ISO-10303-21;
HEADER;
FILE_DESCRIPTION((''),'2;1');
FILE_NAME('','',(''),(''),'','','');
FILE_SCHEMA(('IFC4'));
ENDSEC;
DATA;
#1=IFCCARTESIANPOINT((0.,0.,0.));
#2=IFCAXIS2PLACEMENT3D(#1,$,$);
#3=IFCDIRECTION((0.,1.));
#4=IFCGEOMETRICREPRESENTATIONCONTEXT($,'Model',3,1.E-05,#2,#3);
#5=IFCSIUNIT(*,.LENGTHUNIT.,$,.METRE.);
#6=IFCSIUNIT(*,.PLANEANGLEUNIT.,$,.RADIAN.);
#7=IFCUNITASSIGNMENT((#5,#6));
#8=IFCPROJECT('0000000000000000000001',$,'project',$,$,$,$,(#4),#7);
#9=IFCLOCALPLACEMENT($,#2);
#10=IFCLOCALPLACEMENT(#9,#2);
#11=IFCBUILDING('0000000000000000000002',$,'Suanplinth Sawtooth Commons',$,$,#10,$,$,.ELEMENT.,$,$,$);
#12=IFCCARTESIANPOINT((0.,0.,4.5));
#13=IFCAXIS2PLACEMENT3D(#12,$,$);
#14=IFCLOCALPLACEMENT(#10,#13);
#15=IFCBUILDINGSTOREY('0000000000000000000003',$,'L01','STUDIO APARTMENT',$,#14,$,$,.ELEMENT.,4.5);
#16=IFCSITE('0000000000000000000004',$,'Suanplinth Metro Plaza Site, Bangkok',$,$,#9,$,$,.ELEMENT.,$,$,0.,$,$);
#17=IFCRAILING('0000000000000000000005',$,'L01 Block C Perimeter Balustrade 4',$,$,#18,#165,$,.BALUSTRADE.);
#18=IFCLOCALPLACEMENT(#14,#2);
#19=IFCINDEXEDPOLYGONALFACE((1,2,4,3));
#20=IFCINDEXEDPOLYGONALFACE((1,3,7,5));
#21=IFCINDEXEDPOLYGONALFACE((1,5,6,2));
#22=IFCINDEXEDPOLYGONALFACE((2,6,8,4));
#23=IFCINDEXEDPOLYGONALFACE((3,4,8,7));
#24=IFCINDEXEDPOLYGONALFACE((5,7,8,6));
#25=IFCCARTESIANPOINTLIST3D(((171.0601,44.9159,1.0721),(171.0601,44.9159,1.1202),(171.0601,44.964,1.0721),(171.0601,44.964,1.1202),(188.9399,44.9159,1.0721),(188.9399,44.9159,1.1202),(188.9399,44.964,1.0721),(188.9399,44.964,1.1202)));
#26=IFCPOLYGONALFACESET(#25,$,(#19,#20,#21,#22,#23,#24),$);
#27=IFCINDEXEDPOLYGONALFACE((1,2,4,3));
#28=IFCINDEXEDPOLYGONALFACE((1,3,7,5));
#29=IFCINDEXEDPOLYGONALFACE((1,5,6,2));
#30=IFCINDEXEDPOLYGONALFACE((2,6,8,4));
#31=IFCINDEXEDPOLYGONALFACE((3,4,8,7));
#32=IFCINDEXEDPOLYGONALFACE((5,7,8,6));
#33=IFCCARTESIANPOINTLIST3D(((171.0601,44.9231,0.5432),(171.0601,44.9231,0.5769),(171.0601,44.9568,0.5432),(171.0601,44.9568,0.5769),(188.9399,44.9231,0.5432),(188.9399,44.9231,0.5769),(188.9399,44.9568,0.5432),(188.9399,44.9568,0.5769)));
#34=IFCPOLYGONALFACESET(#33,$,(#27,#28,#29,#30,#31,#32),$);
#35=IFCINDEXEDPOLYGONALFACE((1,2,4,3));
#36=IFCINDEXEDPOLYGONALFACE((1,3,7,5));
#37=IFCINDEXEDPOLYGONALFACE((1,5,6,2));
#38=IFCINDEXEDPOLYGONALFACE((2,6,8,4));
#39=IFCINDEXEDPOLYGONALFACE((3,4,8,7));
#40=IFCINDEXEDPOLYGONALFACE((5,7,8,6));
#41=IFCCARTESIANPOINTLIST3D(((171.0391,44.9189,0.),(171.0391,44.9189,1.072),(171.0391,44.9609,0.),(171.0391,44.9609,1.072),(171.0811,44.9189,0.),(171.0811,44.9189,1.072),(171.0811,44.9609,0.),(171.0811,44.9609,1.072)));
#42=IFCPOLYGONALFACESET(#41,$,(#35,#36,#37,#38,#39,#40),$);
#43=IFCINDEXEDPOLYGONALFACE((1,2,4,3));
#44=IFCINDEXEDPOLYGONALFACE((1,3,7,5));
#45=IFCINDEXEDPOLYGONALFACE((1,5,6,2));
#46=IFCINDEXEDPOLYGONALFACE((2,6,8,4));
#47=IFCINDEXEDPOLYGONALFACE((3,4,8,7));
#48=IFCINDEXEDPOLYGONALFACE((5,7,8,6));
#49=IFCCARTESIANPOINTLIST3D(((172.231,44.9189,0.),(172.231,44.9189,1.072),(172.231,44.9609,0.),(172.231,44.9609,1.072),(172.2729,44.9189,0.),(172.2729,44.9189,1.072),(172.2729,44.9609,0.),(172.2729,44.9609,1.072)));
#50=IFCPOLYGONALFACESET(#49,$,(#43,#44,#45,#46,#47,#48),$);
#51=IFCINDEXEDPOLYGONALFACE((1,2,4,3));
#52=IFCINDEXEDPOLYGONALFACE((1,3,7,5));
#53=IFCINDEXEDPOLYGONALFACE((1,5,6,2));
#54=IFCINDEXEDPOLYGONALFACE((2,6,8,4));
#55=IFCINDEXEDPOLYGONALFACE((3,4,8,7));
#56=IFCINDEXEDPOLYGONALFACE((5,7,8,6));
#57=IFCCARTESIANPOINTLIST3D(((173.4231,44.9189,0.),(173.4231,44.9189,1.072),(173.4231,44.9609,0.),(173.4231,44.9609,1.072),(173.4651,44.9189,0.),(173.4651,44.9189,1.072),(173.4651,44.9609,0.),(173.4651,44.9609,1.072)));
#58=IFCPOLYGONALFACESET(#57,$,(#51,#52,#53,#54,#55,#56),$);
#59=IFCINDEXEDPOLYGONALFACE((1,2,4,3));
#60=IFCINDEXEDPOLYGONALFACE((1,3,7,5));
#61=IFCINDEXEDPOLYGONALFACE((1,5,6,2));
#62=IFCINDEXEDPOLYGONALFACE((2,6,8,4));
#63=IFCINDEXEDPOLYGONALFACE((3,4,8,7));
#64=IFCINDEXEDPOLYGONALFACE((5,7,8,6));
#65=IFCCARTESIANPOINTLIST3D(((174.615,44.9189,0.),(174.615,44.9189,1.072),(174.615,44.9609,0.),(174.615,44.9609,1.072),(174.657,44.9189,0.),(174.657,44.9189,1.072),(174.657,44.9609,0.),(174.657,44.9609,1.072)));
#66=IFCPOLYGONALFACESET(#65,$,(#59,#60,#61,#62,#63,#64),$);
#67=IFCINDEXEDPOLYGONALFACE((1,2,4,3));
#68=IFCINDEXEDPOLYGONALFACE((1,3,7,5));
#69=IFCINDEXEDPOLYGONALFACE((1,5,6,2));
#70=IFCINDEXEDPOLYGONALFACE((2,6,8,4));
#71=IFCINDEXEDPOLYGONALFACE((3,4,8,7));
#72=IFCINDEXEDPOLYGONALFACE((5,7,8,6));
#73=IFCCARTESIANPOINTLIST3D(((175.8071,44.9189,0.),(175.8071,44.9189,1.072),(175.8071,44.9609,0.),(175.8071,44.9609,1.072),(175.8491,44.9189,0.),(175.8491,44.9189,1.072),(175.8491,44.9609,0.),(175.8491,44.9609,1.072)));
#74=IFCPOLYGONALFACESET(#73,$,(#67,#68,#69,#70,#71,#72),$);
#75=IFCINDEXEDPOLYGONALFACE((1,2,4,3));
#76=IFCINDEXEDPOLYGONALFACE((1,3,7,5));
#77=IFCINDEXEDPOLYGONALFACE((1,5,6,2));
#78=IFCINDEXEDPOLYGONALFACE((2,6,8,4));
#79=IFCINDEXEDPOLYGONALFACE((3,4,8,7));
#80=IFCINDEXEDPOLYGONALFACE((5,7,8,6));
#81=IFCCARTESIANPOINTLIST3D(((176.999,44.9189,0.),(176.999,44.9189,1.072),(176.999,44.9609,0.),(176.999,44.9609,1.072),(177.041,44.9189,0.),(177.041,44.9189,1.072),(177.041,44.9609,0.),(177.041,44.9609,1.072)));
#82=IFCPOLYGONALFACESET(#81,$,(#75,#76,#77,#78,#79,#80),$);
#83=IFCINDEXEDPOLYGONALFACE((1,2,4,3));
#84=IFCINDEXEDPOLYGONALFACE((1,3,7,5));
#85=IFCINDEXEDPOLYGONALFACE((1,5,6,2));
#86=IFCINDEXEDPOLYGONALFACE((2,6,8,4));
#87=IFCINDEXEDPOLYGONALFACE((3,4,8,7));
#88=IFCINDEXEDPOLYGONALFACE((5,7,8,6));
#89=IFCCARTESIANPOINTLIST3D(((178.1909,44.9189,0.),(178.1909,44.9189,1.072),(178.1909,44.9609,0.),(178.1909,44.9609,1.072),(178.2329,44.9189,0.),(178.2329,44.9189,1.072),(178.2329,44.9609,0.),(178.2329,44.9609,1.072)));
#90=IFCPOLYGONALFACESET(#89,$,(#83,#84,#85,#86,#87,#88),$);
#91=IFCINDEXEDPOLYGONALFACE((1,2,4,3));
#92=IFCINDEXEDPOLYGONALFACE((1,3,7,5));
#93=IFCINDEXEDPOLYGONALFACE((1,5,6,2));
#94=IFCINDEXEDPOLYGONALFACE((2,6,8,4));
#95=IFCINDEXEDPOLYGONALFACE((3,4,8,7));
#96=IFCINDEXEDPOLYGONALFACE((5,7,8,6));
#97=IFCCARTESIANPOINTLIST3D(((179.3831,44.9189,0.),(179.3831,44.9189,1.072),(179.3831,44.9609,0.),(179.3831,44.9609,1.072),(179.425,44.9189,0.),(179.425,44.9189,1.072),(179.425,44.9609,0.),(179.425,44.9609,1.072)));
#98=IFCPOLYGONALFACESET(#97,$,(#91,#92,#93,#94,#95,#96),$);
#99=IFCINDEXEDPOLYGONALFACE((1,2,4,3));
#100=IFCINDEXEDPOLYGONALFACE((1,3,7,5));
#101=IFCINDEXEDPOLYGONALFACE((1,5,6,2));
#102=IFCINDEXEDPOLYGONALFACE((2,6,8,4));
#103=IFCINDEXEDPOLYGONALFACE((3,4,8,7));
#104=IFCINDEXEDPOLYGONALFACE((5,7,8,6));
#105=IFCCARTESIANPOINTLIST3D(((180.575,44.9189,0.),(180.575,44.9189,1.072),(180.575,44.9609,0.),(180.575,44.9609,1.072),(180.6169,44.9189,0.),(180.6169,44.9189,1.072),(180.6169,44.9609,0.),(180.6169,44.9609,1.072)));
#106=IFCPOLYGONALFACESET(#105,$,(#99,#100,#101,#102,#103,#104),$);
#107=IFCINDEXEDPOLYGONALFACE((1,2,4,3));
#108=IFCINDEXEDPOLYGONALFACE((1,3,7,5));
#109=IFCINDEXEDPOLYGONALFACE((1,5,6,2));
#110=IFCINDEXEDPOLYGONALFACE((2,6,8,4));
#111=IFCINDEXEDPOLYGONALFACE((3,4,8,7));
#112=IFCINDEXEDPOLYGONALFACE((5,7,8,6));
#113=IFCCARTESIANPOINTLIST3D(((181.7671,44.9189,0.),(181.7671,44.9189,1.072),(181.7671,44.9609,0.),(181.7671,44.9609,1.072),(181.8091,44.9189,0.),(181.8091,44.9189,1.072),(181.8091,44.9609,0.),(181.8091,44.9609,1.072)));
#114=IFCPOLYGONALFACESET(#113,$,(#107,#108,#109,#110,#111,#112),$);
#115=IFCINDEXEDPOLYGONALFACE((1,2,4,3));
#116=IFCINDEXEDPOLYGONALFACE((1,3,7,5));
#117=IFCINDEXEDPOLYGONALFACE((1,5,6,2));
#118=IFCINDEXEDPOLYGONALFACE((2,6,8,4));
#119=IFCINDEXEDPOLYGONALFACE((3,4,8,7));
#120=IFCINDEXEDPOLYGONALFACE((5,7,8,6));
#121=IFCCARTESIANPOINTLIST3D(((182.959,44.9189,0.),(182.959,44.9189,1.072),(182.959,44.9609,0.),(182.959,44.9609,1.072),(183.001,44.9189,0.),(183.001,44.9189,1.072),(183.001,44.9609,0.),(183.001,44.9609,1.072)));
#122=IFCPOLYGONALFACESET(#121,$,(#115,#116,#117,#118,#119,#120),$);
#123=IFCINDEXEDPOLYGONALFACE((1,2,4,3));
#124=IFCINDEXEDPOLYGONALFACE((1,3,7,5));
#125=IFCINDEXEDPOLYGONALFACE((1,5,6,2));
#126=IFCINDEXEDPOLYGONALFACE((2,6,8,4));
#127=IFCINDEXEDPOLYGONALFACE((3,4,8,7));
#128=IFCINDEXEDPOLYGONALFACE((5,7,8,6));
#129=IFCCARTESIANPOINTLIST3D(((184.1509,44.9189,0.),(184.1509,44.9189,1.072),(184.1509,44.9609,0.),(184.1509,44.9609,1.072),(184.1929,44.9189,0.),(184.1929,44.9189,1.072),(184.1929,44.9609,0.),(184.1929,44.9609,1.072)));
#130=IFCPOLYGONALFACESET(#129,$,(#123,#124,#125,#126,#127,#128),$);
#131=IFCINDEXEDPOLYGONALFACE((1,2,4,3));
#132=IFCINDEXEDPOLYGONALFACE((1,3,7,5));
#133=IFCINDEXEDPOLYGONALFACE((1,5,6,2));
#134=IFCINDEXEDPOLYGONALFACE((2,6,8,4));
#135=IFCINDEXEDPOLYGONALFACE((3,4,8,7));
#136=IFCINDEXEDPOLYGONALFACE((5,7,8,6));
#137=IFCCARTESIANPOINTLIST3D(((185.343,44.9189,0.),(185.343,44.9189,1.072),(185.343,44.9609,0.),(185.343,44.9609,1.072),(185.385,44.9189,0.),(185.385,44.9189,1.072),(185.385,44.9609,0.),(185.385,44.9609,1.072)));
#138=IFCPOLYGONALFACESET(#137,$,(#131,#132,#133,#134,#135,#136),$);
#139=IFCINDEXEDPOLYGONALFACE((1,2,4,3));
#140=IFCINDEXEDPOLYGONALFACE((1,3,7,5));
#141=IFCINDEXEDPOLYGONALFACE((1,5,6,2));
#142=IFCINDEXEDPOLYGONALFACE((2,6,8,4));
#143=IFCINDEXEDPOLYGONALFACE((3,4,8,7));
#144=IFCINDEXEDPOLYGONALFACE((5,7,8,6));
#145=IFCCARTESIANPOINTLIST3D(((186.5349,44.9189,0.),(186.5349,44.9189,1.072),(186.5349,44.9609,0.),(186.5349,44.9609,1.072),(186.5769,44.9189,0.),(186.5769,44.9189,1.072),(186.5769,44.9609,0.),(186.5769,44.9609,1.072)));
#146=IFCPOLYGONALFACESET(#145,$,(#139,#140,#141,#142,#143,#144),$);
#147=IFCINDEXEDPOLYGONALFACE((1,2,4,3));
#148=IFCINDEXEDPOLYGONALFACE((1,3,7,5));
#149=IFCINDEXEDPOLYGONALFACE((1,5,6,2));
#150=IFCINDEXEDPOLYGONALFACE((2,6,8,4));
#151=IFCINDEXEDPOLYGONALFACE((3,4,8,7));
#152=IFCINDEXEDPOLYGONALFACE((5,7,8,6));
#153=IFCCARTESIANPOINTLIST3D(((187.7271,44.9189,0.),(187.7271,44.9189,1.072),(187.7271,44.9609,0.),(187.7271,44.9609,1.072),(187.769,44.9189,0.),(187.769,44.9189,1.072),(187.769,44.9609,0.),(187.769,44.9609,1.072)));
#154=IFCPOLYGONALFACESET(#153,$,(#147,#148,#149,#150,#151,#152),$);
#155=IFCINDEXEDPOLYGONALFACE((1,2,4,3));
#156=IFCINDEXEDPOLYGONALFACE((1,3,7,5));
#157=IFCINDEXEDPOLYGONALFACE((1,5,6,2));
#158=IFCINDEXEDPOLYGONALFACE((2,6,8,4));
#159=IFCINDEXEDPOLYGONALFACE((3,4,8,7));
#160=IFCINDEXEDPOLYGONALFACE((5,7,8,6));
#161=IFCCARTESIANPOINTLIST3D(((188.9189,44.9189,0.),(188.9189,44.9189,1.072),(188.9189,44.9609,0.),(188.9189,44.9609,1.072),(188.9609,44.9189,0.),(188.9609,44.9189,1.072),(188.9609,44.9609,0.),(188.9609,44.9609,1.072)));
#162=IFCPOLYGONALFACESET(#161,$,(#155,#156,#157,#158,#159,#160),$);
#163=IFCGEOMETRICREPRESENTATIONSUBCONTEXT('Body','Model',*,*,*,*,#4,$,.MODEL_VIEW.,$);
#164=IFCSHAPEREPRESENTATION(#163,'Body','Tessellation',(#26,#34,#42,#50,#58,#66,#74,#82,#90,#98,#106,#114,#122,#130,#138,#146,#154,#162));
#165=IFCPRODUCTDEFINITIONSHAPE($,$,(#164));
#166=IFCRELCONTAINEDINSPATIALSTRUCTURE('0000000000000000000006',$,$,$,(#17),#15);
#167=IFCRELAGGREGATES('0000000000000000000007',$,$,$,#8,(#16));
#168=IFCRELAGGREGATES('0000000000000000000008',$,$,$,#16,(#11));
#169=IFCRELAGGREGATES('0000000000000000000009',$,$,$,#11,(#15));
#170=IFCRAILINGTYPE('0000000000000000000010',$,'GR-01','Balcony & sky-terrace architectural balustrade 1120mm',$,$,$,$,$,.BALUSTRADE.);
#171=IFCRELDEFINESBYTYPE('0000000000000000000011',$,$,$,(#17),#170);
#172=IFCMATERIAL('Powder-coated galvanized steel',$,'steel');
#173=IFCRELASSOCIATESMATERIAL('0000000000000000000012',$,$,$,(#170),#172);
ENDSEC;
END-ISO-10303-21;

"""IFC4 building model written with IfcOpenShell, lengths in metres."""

from ifc_helpers import new_model, si_unit, direction, frame, origin, origin_2d, place, context, subcontext, project, spatial, rectangle, extrude, material, type_object, element, save


model = new_model("IFC4")

# Units and contexts
model_context = context("Model", 3, precision=1e-05, world=origin(), true_north=direction((0.0, 1.0)))
body_context = subcontext(model_context, "Body", "Model", "MODEL_VIEW")
ifc_project = project(units=[si_unit("LENGTHUNIT", "METRE"), si_unit("PLANEANGLEUNIT", "RADIAN")], contexts=[model_context])

# Site, building, storey
site_placement = place(None, origin())
site = spatial("IfcSite", under=ifc_project, at=site_placement, Name="Suanplinth Metro Plaza Site, Bangkok", CompositionType="ELEMENT", RefElevation=0.0)
building_placement = place(site_placement, origin())
building = spatial("IfcBuilding", under=site, at=building_placement, Name="Suanplinth Sawtooth Commons", CompositionType="ELEMENT")
storey_placement = place(building_placement, frame((0.0, 0.0, 4.5)))
storey = spatial("IfcBuildingStorey", under=building, at=storey_placement, Name="L01", Description="STUDIO APARTMENT", CompositionType="ELEMENT", Elevation=4.5)

# Railing
ifc_material_1 = material(Name="Powder-coated galvanized steel", Category="steel")
railing_type = type_object("IfcRailingType", Name="GR-01", Description="Balcony & sky-terrace architectural balustrade 1120mm", PredefinedType="BALUSTRADE", material=ifc_material_1)
railing_placement = place(storey_placement, frame((171.0601, 44.9399, 0.0)))
element("IfcRailing", 1, at=railing_placement, inside=storey, type_object=railing_type, Name="L01 Block C Perimeter Balustrade 4", PredefinedType="BALUSTRADE", context=body_context, shape_type="SweptSolid", body=[
    extrude(rectangle(XDim=0.0481, YDim=0.0481, at=origin_2d()), frame((0.0, 0.0, 1.0962), z_axis=(1.0, 0.0, 0.0), x_axis=(0.0, 1.0, 0.0)), (0.0, 0.0, 1.0), 17.8799),
    extrude(rectangle(XDim=0.0337, YDim=0.0337, at=origin_2d()), frame((0.0, 0.0, 0.5601), z_axis=(1.0, 0.0, 0.0), x_axis=(0.0, 1.0, 0.0)), (0.0, 0.0, 1.0), 17.8799),
    extrude(rectangle(XDim=0.042, YDim=0.042, at=origin_2d()), origin(), (0.0, 0.0, 1.0), 1.072),
    extrude(rectangle(XDim=0.042, YDim=0.042, at=origin_2d()), frame((1.1919, 0.0, 0.0)), (0.0, 0.0, 1.0), 1.072),
    extrude(rectangle(XDim=0.042, YDim=0.042, at=origin_2d()), frame((2.384, 0.0, 0.0)), (0.0, 0.0, 1.0), 1.072),
    extrude(rectangle(XDim=0.042, YDim=0.042, at=origin_2d()), frame((3.5759, 0.0, 0.0)), (0.0, 0.0, 1.0), 1.072),
    extrude(rectangle(XDim=0.042, YDim=0.042, at=origin_2d()), frame((4.7681, 0.0, 0.0)), (0.0, 0.0, 1.0), 1.072),
    extrude(rectangle(XDim=0.042, YDim=0.042, at=origin_2d()), frame((5.96, 0.0, 0.0)), (0.0, 0.0, 1.0), 1.072),
    extrude(rectangle(XDim=0.042, YDim=0.042, at=origin_2d()), frame((7.1519, 0.0, 0.0)), (0.0, 0.0, 1.0), 1.072),
    extrude(rectangle(XDim=0.042, YDim=0.042, at=origin_2d()), frame((8.344, 0.0, 0.0)), (0.0, 0.0, 1.0), 1.072),
    extrude(rectangle(XDim=0.042, YDim=0.042, at=origin_2d()), frame((9.5359, 0.0, 0.0)), (0.0, 0.0, 1.0), 1.072),
    extrude(rectangle(XDim=0.042, YDim=0.042, at=origin_2d()), frame((10.728, 0.0, 0.0)), (0.0, 0.0, 1.0), 1.072),
    extrude(rectangle(XDim=0.042, YDim=0.042, at=origin_2d()), frame((11.9199, 0.0, 0.0)), (0.0, 0.0, 1.0), 1.072),
    extrude(rectangle(XDim=0.042, YDim=0.042, at=origin_2d()), frame((13.1118, 0.0, 0.0)), (0.0, 0.0, 1.0), 1.072),
    extrude(rectangle(XDim=0.042, YDim=0.042, at=origin_2d()), frame((14.304, 0.0, 0.0)), (0.0, 0.0, 1.0), 1.072),
    extrude(rectangle(XDim=0.042, YDim=0.042, at=origin_2d()), frame((15.4958, 0.0, 0.0)), (0.0, 0.0, 1.0), 1.072),
    extrude(rectangle(XDim=0.042, YDim=0.042, at=origin_2d()), frame((16.688, 0.0, 0.0)), (0.0, 0.0, 1.0), 1.072),
    extrude(rectangle(XDim=0.042, YDim=0.042, at=origin_2d()), frame((17.8799, 0.0, 0.0)), (0.0, 0.0, 1.0), 1.072),
])

save(model, "model.ifc")
